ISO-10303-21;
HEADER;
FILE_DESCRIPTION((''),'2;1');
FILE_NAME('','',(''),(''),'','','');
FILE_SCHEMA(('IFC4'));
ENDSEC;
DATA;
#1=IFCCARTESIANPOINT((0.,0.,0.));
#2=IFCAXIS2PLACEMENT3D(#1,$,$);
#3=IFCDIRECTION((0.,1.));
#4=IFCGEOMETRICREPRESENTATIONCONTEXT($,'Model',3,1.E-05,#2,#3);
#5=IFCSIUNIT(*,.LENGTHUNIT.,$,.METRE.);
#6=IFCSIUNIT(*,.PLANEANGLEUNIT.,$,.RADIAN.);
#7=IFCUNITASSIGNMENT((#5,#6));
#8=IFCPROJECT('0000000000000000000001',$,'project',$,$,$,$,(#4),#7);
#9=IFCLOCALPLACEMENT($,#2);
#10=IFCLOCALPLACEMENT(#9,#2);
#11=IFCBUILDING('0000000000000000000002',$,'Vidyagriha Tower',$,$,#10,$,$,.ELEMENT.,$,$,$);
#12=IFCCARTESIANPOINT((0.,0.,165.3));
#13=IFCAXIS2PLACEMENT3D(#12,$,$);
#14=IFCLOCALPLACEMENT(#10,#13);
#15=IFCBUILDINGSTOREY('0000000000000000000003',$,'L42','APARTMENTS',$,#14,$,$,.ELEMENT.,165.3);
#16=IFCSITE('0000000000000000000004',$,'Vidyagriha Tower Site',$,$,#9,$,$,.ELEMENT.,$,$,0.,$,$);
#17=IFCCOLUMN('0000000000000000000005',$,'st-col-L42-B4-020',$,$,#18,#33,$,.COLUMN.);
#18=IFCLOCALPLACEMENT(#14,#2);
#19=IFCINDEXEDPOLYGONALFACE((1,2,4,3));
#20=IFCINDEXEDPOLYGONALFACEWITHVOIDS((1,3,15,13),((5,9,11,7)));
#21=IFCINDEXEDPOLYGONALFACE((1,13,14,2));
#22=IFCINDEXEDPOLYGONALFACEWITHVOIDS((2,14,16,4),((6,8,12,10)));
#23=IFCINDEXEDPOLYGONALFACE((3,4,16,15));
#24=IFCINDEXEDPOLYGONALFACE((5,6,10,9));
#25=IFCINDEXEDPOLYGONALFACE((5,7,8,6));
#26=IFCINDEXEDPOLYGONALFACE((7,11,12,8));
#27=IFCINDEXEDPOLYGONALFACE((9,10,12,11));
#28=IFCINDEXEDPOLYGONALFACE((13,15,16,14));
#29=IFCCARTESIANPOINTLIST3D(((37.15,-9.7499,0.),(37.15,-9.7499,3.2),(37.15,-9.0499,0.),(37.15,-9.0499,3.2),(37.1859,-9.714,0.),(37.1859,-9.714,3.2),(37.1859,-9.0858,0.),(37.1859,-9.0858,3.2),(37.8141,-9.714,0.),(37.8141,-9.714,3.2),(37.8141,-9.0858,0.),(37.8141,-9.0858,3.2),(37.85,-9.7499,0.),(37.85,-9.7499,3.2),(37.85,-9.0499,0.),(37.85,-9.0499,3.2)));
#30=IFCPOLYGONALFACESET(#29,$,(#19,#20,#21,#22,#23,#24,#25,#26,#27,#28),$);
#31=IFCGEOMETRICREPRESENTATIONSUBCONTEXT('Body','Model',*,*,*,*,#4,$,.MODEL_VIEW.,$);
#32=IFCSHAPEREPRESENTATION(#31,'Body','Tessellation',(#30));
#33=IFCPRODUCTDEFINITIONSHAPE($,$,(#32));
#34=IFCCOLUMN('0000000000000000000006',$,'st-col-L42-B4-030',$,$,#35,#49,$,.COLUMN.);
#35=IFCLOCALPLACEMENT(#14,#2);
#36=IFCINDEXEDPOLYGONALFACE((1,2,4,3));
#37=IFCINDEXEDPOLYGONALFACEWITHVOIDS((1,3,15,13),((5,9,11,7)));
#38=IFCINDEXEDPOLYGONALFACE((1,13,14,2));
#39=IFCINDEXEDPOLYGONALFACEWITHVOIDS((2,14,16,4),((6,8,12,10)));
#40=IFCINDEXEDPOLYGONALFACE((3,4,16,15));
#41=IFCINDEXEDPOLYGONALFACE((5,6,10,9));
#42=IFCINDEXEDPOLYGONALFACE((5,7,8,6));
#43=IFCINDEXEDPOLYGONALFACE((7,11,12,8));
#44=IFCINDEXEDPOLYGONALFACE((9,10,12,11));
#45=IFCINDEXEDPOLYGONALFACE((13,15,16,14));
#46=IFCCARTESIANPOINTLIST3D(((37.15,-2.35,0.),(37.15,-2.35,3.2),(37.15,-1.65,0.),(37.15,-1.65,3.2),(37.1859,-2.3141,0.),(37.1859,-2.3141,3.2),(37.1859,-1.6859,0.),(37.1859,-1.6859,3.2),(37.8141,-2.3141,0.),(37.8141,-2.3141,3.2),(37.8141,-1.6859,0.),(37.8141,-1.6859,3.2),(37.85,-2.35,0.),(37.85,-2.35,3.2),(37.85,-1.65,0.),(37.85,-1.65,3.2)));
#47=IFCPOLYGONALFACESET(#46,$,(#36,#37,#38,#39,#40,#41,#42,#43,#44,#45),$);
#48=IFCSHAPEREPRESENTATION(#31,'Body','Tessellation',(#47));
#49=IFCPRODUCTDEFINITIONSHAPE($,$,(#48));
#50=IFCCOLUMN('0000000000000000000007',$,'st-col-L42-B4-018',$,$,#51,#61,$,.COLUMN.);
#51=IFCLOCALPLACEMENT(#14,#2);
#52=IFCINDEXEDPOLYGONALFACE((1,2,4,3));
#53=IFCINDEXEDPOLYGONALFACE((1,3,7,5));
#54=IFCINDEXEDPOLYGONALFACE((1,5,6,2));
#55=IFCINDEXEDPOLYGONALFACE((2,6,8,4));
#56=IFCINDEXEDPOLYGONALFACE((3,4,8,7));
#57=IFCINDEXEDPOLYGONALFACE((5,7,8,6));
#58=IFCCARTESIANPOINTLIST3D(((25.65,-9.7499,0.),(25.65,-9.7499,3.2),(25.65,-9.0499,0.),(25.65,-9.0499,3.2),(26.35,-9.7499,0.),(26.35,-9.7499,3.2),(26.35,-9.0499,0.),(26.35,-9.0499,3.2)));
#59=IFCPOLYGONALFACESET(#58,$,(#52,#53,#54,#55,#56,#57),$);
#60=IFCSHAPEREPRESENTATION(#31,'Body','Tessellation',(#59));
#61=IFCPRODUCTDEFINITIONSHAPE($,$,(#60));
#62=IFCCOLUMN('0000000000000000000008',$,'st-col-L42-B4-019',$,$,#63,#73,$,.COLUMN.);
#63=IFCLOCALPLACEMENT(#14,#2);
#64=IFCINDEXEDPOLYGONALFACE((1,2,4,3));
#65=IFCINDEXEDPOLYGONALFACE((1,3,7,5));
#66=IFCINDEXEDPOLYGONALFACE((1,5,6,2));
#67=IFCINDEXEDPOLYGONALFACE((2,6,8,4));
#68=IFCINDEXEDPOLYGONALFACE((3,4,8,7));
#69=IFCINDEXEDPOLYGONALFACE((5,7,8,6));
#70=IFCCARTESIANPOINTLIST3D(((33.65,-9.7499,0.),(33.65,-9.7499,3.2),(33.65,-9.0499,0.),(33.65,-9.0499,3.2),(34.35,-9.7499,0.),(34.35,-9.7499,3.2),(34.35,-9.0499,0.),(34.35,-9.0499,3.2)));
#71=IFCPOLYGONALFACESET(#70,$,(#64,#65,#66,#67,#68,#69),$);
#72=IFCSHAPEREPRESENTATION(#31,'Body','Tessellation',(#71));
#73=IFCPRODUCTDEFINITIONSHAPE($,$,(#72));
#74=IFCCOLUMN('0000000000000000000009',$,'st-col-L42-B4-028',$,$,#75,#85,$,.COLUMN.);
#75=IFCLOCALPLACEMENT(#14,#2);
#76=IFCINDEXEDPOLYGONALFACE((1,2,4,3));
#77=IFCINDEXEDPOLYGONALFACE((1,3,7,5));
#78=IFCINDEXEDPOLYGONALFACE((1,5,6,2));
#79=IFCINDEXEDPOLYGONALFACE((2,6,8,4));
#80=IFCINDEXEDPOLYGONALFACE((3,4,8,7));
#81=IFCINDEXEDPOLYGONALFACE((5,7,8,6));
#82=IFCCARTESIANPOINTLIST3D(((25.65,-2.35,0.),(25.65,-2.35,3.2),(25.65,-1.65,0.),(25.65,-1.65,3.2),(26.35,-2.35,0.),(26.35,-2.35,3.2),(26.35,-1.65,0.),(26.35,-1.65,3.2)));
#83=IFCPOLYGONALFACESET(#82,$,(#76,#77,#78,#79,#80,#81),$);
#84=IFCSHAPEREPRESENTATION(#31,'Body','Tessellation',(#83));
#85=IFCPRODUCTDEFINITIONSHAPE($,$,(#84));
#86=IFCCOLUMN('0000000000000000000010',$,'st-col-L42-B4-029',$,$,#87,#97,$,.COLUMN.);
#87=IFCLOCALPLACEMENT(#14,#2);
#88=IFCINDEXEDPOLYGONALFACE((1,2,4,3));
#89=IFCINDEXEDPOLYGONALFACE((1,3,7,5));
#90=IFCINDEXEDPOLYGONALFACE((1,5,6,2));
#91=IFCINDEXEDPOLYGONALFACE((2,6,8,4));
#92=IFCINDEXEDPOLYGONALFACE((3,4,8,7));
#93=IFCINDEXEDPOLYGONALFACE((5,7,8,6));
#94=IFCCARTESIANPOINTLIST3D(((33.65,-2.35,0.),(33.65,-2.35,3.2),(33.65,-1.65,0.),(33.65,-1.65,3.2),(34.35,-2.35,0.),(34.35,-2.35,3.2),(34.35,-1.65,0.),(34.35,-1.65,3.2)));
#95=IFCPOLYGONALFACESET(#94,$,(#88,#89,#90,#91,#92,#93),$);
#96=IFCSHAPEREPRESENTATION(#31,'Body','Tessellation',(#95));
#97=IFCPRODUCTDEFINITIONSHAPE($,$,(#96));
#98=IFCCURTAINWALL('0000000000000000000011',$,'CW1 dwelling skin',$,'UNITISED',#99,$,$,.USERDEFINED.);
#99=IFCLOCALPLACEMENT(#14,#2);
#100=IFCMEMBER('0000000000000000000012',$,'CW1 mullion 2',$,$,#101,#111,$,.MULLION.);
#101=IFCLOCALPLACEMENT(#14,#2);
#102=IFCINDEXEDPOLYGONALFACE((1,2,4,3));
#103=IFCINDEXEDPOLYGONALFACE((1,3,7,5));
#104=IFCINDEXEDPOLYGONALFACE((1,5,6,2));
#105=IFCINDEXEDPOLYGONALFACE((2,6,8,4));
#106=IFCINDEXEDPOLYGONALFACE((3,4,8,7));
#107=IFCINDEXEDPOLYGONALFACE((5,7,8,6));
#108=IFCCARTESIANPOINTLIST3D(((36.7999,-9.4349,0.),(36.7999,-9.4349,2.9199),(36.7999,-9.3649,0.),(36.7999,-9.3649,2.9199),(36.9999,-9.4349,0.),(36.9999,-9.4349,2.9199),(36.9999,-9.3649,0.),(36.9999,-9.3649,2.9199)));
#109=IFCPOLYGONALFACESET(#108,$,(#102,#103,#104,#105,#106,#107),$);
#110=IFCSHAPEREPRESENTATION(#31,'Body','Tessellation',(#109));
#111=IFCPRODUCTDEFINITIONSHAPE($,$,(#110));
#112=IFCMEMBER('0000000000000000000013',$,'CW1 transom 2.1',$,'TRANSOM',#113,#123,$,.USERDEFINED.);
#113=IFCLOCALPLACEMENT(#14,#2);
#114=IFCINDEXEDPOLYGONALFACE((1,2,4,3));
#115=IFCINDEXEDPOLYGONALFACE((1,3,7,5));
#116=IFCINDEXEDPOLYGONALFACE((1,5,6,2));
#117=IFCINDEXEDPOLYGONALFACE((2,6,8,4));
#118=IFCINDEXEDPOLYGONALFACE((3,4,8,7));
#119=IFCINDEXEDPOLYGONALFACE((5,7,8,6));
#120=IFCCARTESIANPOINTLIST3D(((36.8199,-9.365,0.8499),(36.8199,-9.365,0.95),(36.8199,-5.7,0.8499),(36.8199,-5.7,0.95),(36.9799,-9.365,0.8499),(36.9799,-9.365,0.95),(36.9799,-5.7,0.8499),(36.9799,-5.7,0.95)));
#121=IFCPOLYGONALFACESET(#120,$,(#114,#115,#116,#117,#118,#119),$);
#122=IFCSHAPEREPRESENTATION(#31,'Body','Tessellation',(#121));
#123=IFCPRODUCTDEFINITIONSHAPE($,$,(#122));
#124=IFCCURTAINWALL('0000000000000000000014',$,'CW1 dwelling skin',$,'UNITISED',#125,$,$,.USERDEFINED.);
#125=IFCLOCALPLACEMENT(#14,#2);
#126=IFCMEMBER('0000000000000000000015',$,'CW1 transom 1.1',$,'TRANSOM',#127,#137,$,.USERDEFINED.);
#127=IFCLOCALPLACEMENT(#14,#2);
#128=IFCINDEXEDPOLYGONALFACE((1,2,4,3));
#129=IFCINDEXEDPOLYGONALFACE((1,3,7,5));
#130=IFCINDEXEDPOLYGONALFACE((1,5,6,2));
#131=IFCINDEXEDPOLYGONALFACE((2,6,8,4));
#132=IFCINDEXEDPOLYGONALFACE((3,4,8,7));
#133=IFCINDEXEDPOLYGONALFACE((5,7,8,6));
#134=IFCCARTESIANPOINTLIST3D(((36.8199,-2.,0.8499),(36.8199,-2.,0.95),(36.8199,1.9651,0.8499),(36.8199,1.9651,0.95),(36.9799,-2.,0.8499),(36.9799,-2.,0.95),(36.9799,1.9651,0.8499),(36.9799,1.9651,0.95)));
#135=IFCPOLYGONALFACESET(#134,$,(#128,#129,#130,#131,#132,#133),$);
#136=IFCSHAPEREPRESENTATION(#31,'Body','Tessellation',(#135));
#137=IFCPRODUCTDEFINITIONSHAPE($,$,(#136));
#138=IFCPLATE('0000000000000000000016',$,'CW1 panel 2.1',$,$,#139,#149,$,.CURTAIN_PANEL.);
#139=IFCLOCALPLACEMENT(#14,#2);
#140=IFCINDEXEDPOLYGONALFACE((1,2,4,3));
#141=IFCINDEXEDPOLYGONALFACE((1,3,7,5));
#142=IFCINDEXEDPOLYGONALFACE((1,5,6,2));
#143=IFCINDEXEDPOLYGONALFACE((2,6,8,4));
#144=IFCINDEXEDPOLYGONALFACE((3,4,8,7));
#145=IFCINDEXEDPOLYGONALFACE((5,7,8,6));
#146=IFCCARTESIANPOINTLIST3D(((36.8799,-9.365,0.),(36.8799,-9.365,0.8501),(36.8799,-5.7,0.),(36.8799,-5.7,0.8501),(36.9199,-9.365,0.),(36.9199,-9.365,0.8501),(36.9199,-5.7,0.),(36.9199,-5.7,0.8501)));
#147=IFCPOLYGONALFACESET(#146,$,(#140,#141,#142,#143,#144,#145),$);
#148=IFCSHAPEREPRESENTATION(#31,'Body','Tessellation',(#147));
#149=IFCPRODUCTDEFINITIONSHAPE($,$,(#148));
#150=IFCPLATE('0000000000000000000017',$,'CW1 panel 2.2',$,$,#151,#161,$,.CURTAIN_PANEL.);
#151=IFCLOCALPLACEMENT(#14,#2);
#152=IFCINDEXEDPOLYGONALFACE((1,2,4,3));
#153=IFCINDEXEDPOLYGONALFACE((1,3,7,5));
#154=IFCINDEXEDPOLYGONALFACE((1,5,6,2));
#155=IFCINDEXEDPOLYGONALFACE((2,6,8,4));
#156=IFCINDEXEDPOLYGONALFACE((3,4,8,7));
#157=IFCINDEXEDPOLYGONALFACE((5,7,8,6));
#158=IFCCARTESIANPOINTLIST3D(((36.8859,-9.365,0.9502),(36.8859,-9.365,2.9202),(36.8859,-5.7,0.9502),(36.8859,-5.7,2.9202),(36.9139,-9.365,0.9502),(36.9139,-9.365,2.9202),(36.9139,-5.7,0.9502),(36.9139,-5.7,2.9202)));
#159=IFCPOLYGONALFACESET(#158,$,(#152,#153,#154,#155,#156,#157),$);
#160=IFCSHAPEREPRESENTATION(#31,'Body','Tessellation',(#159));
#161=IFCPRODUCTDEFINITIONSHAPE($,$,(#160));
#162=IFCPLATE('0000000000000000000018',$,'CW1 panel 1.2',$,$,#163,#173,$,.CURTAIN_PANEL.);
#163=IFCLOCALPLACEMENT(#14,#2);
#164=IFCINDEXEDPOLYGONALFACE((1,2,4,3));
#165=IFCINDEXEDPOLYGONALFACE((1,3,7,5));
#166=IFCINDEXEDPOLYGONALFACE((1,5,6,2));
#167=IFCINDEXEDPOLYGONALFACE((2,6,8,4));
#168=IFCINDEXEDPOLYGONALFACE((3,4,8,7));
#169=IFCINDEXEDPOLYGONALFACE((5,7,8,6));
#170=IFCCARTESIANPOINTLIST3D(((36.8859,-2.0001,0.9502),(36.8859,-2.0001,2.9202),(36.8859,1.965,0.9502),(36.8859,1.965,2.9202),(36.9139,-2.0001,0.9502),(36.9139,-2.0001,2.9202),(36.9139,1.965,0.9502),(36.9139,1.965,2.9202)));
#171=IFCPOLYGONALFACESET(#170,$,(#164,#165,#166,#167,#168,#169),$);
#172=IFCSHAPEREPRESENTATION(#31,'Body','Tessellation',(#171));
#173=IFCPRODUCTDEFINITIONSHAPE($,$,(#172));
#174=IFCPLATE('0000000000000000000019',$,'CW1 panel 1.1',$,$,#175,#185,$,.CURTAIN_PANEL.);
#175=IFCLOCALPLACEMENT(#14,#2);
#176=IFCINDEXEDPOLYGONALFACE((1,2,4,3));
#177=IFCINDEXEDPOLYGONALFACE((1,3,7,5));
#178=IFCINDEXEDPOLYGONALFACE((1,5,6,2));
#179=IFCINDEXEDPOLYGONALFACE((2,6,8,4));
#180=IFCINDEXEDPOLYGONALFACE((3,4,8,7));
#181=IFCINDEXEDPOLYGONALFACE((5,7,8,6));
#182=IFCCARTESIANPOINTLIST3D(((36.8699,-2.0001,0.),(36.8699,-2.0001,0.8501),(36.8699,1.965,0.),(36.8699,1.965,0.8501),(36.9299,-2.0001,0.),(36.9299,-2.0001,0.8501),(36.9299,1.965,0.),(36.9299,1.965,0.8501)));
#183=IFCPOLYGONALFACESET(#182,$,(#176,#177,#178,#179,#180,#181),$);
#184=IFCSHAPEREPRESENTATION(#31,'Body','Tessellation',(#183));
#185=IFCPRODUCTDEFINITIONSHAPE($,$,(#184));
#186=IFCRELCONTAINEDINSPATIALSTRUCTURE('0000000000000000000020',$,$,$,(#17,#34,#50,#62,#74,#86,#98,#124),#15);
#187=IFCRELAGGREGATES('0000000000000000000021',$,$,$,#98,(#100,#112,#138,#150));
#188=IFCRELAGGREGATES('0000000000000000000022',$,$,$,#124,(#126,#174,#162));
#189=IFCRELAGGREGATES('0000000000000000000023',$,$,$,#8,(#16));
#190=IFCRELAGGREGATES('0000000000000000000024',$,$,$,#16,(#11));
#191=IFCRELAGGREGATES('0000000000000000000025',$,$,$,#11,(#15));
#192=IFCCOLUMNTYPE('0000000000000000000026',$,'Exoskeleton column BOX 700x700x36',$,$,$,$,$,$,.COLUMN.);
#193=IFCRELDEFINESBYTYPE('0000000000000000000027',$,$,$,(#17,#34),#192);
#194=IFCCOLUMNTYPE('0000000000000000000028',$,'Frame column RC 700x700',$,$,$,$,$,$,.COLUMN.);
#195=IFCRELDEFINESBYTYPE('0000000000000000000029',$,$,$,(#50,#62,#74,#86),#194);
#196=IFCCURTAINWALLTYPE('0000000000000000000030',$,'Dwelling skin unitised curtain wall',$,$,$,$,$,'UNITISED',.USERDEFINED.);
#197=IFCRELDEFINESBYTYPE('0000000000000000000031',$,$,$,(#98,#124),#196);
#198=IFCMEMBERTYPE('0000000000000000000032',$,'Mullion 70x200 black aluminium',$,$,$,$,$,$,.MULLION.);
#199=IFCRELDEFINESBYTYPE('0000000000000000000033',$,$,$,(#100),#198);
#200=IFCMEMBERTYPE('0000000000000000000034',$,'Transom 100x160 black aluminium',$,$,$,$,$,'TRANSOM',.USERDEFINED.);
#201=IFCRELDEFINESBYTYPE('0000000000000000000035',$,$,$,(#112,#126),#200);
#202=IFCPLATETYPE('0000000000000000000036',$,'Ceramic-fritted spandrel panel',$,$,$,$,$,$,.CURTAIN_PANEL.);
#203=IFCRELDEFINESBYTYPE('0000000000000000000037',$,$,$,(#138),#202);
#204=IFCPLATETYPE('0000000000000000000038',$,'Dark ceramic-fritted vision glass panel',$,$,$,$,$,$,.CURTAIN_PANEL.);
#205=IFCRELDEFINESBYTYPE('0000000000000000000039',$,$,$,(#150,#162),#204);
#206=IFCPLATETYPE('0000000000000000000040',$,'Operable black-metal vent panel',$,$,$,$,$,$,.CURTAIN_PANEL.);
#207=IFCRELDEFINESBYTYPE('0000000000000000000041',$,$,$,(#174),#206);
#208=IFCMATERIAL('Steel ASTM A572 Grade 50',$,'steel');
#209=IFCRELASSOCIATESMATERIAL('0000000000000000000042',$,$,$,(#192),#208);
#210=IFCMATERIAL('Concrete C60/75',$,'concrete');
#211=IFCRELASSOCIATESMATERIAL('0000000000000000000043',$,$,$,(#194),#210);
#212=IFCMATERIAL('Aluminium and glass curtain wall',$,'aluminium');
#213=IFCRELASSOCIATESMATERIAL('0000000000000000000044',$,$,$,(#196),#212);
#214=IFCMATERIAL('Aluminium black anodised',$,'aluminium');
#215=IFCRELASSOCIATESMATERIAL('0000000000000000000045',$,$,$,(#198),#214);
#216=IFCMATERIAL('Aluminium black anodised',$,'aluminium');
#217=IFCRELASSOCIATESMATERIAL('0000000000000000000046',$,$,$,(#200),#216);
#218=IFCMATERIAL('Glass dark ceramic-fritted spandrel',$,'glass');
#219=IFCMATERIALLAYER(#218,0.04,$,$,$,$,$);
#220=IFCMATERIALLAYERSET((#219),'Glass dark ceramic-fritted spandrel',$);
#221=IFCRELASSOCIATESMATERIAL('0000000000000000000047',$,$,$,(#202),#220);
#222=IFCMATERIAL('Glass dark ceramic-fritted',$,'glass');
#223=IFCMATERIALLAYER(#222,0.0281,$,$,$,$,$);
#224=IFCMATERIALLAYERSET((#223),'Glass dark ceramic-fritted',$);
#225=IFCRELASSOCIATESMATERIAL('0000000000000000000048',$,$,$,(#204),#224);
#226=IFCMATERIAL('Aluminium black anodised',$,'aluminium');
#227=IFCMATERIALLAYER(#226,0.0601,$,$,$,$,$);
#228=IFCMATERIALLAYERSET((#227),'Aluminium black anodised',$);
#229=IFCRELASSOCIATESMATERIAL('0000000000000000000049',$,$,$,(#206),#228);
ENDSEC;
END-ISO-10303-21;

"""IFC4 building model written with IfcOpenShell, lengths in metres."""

from ifc_helpers import new_model, si_unit, direction, frame, origin, origin_2d, place, context, subcontext, project, spatial, rectangle, hollow_rectangle, extrude, material, layer, layer_set, material_profile, profile_set, type_object, element, aggregate, save


model = new_model("IFC4")

# Units and contexts
model_context = context("Model", 3, precision=1e-05, world=origin(), true_north=direction((0.0, 1.0)))
body_context = subcontext(model_context, "Body", "Model", "MODEL_VIEW")
ifc_project = project(units=[si_unit("LENGTHUNIT", "METRE"), si_unit("PLANEANGLEUNIT", "RADIAN")], contexts=[model_context])

# Site, building, storey
site_placement = place(None, origin())
site = spatial("IfcSite", under=ifc_project, at=site_placement, Name="Vidyagriha Tower Site", CompositionType="ELEMENT", RefElevation=0.0)
building_placement = place(site_placement, origin())
building = spatial("IfcBuilding", under=site, at=building_placement, Name="Vidyagriha Tower", CompositionType="ELEMENT")
storey_placement = place(building_placement, frame((0.0, 0.0, 165.3)))
storey = spatial("IfcBuildingStorey", under=building, at=storey_placement, Name="L42", Description="APARTMENTS", CompositionType="ELEMENT", Elevation=165.3)

# Columns
ifc_material_1 = material(Name="Steel ASTM A572 Grade 50", Category="steel")
ifc_material_profile_1 = material_profile(ifc_material_1, hollow_rectangle(XDim=0.7, YDim=0.7, WallThickness=0.0359, at=origin_2d()), Name="BOX 700x700x36")
ifc_profile_set_1 = profile_set([ifc_material_profile_1], Name="Steel ASTM A572 Grade 50")
column_type_1 = type_object("IfcColumnType", Name="Exoskeleton column BOX 700x700x36", PredefinedType="COLUMN", material=ifc_profile_set_1)
for number, where, name in (
    (1, (37.5, -9.3999, 0.0), "st-col-L42-B4-020"),
    (2, (37.5, -2.0, 0.0), "st-col-L42-B4-030"),
):
    element("IfcColumn", number, at=place(storey_placement, frame(where)), inside=storey, type_object=column_type_1, Name=name, PredefinedType="COLUMN", context=body_context, shape_type="SweptSolid", body=[
        extrude(hollow_rectangle(XDim=0.7, YDim=0.7, WallThickness=0.0359, at=origin_2d()), origin(), (0.0, 0.0, 1.0), 3.2),
    ])
ifc_material_2 = material(Name="Concrete C60/75", Category="concrete")
ifc_material_profile_2 = material_profile(ifc_material_2, rectangle(XDim=0.7, YDim=0.7, at=origin_2d()), Name="RC 700x700")
ifc_profile_set_2 = profile_set([ifc_material_profile_2], Name="Concrete C60/75")
column_type_2 = type_object("IfcColumnType", Name="Frame column RC 700x700", PredefinedType="COLUMN", material=ifc_profile_set_2)
for number, where, name in (
    (3, (26.0, -9.3999, 0.0), "st-col-L42-B4-018"),
    (4, (34.0, -9.3999, 0.0), "st-col-L42-B4-019"),
    (5, (26.0, -2.0, 0.0), "st-col-L42-B4-028"),
    (6, (34.0, -2.0, 0.0), "st-col-L42-B4-029"),
):
    element("IfcColumn", number, at=place(storey_placement, frame(where)), inside=storey, type_object=column_type_2, Name=name, PredefinedType="COLUMN", context=body_context, shape_type="SweptSolid", body=[
        extrude(rectangle(XDim=0.7, YDim=0.7, at=origin_2d()), origin(), (0.0, 0.0, 1.0), 3.2),
    ])

# Curtain wall, members
ifc_material_3 = material(Name="Aluminium and glass curtain wall", Category="aluminium")
curtain_wall_type = type_object("IfcCurtainWallType", Name="Dwelling skin unitised curtain wall", ElementType="UNITISED", PredefinedType="USERDEFINED", material=ifc_material_3)
curtain_wall_1_placement = place(storey_placement, origin())
curtain_wall_1 = element("IfcCurtainWall", 7, at=curtain_wall_1_placement, inside=storey, type_object=curtain_wall_type, Name="CW1 dwelling skin", ObjectType="UNITISED", PredefinedType="USERDEFINED")
ifc_material_4 = material(Name="Aluminium black anodised", Category="aluminium")
ifc_material_profile_3 = material_profile(ifc_material_4, rectangle(XDim=0.2, YDim=0.0701, at=origin_2d()), Name="Mullion 70x200 black aluminium")
ifc_profile_set_3 = profile_set([ifc_material_profile_3], Name="Aluminium black anodised")
member_type_1 = type_object("IfcMemberType", Name="Mullion 70x200 black aluminium", PredefinedType="MULLION", material=ifc_profile_set_3)
member_1_placement = place(storey_placement, frame((36.8999, -9.3999, 0.0), z_axis=(0.0, 0.0, 1.0), x_axis=(-1.0, 0.0, 0.0)))
member_1 = element("IfcMember", 8, at=member_1_placement, type_object=member_type_1, Name="CW1 mullion 2", PredefinedType="MULLION", context=body_context, shape_type="SweptSolid", body=[
    extrude(rectangle(XDim=0.2, YDim=0.0701, at=origin_2d()), origin(), (0.0, 0.0, 1.0), 2.9199),
])
ifc_material_5 = material(Name="Aluminium black anodised", Category="aluminium")
ifc_material_profile_4 = material_profile(ifc_material_5, rectangle(XDim=0.1599, YDim=0.1001, at=origin_2d()), Name="Transom 100x160 black aluminium")
ifc_profile_set_4 = profile_set([ifc_material_profile_4], Name="Aluminium black anodised")
member_type_2 = type_object("IfcMemberType", Name="Transom 100x160 black aluminium", ElementType="TRANSOM", PredefinedType="USERDEFINED", material=ifc_profile_set_4)
member_2_placement = place(storey_placement, frame((36.8999, -9.365, 0.8999), z_axis=(0.0, 1.0, 0.0), x_axis=(-1.0, 0.0, 0.0)))
member_2 = element("IfcMember", 9, at=member_2_placement, type_object=member_type_2, Name="CW1 transom 2.1", ObjectType="TRANSOM", PredefinedType="USERDEFINED", context=body_context, shape_type="SweptSolid", body=[
    extrude(rectangle(XDim=0.1599, YDim=0.1001, at=origin_2d()), origin(), (0.0, 0.0, 1.0), 3.665),
])

# Curtain wall, member
curtain_wall_2_placement = place(storey_placement, origin())
curtain_wall_2 = element("IfcCurtainWall", 10, at=curtain_wall_2_placement, inside=storey, type_object=curtain_wall_type, Name="CW1 dwelling skin", ObjectType="UNITISED", PredefinedType="USERDEFINED")
member_3_placement = place(storey_placement, frame((36.8999, -2.0, 0.8999), z_axis=(0.0, 1.0, 0.0), x_axis=(-1.0, 0.0, 0.0)))
member_3 = element("IfcMember", 11, at=member_3_placement, type_object=member_type_2, Name="CW1 transom 1.1", ObjectType="TRANSOM", PredefinedType="USERDEFINED", context=body_context, shape_type="SweptSolid", body=[
    extrude(rectangle(XDim=0.1599, YDim=0.1001, at=origin_2d()), origin(), (0.0, 0.0, 1.0), 3.9651),
])

# Plates
ifc_material_6 = material(Name="Glass dark ceramic-fritted spandrel", Category="glass")
ifc_layer_1 = layer(ifc_material_6, 0.04)
ifc_layer_set_1 = layer_set([ifc_layer_1], Name="Glass dark ceramic-fritted spandrel")
plate_type_1 = type_object("IfcPlateType", Name="Ceramic-fritted spandrel panel", PredefinedType="CURTAIN_PANEL", material=ifc_layer_set_1)
plate_1_placement = place(storey_placement, frame((36.8999, -7.5325, 0.0), z_axis=(0.0, 0.0, 1.0), x_axis=(0.0, 1.0, 0.0)))
plate_1 = element("IfcPlate", 12, at=plate_1_placement, type_object=plate_type_1, Name="CW1 panel 2.1", PredefinedType="CURTAIN_PANEL", context=body_context, shape_type="SweptSolid", body=[
    extrude(rectangle(XDim=3.665, YDim=0.04, at=origin_2d()), origin(), (0.0, 0.0, 1.0), 0.8501),
])
ifc_material_7 = material(Name="Glass dark ceramic-fritted", Category="glass")
ifc_layer_2 = layer(ifc_material_7, 0.0281)
ifc_layer_set_2 = layer_set([ifc_layer_2], Name="Glass dark ceramic-fritted")
plate_type_2 = type_object("IfcPlateType", Name="Dark ceramic-fritted vision glass panel", PredefinedType="CURTAIN_PANEL", material=ifc_layer_set_2)
plate_2_placement = place(storey_placement, frame((36.8999, -7.5325, 0.9502), z_axis=(0.0, 0.0, 1.0), x_axis=(0.0, 1.0, 0.0)))
plate_2 = element("IfcPlate", 13, at=plate_2_placement, type_object=plate_type_2, Name="CW1 panel 2.2", PredefinedType="CURTAIN_PANEL", context=body_context, shape_type="SweptSolid", body=[
    extrude(rectangle(XDim=3.665, YDim=0.0281, at=origin_2d()), origin(), (0.0, 0.0, 1.0), 1.97),
])
aggregate(curtain_wall_1, [member_1, member_2, plate_1, plate_2])
plate_3_placement = place(storey_placement, frame((36.8999, -0.0176, 0.9502), z_axis=(0.0, 0.0, 1.0), x_axis=(0.0, 1.0, 0.0)))
plate_3 = element("IfcPlate", 14, at=plate_3_placement, type_object=plate_type_2, Name="CW1 panel 1.2", PredefinedType="CURTAIN_PANEL", context=body_context, shape_type="SweptSolid", body=[
    extrude(rectangle(XDim=3.9651, YDim=0.0281, at=origin_2d()), origin(), (0.0, 0.0, 1.0), 1.97),
])
ifc_material_8 = material(Name="Aluminium black anodised", Category="aluminium")
ifc_layer_3 = layer(ifc_material_8, 0.0601)
ifc_layer_set_3 = layer_set([ifc_layer_3], Name="Aluminium black anodised")
plate_type_3 = type_object("IfcPlateType", Name="Operable black-metal vent panel", PredefinedType="CURTAIN_PANEL", material=ifc_layer_set_3)
plate_4_placement = place(storey_placement, frame((36.8999, -0.0176, 0.0), z_axis=(0.0, 0.0, 1.0), x_axis=(0.0, 1.0, 0.0)))
plate_4 = element("IfcPlate", 15, at=plate_4_placement, type_object=plate_type_3, Name="CW1 panel 1.1", PredefinedType="CURTAIN_PANEL", context=body_context, shape_type="SweptSolid", body=[
    extrude(rectangle(XDim=3.9651, YDim=0.0601, at=origin_2d()), origin(), (0.0, 0.0, 1.0), 0.8501),
])
aggregate(curtain_wall_2, [member_3, plate_4, plate_3])

save(model, "model.ifc")
